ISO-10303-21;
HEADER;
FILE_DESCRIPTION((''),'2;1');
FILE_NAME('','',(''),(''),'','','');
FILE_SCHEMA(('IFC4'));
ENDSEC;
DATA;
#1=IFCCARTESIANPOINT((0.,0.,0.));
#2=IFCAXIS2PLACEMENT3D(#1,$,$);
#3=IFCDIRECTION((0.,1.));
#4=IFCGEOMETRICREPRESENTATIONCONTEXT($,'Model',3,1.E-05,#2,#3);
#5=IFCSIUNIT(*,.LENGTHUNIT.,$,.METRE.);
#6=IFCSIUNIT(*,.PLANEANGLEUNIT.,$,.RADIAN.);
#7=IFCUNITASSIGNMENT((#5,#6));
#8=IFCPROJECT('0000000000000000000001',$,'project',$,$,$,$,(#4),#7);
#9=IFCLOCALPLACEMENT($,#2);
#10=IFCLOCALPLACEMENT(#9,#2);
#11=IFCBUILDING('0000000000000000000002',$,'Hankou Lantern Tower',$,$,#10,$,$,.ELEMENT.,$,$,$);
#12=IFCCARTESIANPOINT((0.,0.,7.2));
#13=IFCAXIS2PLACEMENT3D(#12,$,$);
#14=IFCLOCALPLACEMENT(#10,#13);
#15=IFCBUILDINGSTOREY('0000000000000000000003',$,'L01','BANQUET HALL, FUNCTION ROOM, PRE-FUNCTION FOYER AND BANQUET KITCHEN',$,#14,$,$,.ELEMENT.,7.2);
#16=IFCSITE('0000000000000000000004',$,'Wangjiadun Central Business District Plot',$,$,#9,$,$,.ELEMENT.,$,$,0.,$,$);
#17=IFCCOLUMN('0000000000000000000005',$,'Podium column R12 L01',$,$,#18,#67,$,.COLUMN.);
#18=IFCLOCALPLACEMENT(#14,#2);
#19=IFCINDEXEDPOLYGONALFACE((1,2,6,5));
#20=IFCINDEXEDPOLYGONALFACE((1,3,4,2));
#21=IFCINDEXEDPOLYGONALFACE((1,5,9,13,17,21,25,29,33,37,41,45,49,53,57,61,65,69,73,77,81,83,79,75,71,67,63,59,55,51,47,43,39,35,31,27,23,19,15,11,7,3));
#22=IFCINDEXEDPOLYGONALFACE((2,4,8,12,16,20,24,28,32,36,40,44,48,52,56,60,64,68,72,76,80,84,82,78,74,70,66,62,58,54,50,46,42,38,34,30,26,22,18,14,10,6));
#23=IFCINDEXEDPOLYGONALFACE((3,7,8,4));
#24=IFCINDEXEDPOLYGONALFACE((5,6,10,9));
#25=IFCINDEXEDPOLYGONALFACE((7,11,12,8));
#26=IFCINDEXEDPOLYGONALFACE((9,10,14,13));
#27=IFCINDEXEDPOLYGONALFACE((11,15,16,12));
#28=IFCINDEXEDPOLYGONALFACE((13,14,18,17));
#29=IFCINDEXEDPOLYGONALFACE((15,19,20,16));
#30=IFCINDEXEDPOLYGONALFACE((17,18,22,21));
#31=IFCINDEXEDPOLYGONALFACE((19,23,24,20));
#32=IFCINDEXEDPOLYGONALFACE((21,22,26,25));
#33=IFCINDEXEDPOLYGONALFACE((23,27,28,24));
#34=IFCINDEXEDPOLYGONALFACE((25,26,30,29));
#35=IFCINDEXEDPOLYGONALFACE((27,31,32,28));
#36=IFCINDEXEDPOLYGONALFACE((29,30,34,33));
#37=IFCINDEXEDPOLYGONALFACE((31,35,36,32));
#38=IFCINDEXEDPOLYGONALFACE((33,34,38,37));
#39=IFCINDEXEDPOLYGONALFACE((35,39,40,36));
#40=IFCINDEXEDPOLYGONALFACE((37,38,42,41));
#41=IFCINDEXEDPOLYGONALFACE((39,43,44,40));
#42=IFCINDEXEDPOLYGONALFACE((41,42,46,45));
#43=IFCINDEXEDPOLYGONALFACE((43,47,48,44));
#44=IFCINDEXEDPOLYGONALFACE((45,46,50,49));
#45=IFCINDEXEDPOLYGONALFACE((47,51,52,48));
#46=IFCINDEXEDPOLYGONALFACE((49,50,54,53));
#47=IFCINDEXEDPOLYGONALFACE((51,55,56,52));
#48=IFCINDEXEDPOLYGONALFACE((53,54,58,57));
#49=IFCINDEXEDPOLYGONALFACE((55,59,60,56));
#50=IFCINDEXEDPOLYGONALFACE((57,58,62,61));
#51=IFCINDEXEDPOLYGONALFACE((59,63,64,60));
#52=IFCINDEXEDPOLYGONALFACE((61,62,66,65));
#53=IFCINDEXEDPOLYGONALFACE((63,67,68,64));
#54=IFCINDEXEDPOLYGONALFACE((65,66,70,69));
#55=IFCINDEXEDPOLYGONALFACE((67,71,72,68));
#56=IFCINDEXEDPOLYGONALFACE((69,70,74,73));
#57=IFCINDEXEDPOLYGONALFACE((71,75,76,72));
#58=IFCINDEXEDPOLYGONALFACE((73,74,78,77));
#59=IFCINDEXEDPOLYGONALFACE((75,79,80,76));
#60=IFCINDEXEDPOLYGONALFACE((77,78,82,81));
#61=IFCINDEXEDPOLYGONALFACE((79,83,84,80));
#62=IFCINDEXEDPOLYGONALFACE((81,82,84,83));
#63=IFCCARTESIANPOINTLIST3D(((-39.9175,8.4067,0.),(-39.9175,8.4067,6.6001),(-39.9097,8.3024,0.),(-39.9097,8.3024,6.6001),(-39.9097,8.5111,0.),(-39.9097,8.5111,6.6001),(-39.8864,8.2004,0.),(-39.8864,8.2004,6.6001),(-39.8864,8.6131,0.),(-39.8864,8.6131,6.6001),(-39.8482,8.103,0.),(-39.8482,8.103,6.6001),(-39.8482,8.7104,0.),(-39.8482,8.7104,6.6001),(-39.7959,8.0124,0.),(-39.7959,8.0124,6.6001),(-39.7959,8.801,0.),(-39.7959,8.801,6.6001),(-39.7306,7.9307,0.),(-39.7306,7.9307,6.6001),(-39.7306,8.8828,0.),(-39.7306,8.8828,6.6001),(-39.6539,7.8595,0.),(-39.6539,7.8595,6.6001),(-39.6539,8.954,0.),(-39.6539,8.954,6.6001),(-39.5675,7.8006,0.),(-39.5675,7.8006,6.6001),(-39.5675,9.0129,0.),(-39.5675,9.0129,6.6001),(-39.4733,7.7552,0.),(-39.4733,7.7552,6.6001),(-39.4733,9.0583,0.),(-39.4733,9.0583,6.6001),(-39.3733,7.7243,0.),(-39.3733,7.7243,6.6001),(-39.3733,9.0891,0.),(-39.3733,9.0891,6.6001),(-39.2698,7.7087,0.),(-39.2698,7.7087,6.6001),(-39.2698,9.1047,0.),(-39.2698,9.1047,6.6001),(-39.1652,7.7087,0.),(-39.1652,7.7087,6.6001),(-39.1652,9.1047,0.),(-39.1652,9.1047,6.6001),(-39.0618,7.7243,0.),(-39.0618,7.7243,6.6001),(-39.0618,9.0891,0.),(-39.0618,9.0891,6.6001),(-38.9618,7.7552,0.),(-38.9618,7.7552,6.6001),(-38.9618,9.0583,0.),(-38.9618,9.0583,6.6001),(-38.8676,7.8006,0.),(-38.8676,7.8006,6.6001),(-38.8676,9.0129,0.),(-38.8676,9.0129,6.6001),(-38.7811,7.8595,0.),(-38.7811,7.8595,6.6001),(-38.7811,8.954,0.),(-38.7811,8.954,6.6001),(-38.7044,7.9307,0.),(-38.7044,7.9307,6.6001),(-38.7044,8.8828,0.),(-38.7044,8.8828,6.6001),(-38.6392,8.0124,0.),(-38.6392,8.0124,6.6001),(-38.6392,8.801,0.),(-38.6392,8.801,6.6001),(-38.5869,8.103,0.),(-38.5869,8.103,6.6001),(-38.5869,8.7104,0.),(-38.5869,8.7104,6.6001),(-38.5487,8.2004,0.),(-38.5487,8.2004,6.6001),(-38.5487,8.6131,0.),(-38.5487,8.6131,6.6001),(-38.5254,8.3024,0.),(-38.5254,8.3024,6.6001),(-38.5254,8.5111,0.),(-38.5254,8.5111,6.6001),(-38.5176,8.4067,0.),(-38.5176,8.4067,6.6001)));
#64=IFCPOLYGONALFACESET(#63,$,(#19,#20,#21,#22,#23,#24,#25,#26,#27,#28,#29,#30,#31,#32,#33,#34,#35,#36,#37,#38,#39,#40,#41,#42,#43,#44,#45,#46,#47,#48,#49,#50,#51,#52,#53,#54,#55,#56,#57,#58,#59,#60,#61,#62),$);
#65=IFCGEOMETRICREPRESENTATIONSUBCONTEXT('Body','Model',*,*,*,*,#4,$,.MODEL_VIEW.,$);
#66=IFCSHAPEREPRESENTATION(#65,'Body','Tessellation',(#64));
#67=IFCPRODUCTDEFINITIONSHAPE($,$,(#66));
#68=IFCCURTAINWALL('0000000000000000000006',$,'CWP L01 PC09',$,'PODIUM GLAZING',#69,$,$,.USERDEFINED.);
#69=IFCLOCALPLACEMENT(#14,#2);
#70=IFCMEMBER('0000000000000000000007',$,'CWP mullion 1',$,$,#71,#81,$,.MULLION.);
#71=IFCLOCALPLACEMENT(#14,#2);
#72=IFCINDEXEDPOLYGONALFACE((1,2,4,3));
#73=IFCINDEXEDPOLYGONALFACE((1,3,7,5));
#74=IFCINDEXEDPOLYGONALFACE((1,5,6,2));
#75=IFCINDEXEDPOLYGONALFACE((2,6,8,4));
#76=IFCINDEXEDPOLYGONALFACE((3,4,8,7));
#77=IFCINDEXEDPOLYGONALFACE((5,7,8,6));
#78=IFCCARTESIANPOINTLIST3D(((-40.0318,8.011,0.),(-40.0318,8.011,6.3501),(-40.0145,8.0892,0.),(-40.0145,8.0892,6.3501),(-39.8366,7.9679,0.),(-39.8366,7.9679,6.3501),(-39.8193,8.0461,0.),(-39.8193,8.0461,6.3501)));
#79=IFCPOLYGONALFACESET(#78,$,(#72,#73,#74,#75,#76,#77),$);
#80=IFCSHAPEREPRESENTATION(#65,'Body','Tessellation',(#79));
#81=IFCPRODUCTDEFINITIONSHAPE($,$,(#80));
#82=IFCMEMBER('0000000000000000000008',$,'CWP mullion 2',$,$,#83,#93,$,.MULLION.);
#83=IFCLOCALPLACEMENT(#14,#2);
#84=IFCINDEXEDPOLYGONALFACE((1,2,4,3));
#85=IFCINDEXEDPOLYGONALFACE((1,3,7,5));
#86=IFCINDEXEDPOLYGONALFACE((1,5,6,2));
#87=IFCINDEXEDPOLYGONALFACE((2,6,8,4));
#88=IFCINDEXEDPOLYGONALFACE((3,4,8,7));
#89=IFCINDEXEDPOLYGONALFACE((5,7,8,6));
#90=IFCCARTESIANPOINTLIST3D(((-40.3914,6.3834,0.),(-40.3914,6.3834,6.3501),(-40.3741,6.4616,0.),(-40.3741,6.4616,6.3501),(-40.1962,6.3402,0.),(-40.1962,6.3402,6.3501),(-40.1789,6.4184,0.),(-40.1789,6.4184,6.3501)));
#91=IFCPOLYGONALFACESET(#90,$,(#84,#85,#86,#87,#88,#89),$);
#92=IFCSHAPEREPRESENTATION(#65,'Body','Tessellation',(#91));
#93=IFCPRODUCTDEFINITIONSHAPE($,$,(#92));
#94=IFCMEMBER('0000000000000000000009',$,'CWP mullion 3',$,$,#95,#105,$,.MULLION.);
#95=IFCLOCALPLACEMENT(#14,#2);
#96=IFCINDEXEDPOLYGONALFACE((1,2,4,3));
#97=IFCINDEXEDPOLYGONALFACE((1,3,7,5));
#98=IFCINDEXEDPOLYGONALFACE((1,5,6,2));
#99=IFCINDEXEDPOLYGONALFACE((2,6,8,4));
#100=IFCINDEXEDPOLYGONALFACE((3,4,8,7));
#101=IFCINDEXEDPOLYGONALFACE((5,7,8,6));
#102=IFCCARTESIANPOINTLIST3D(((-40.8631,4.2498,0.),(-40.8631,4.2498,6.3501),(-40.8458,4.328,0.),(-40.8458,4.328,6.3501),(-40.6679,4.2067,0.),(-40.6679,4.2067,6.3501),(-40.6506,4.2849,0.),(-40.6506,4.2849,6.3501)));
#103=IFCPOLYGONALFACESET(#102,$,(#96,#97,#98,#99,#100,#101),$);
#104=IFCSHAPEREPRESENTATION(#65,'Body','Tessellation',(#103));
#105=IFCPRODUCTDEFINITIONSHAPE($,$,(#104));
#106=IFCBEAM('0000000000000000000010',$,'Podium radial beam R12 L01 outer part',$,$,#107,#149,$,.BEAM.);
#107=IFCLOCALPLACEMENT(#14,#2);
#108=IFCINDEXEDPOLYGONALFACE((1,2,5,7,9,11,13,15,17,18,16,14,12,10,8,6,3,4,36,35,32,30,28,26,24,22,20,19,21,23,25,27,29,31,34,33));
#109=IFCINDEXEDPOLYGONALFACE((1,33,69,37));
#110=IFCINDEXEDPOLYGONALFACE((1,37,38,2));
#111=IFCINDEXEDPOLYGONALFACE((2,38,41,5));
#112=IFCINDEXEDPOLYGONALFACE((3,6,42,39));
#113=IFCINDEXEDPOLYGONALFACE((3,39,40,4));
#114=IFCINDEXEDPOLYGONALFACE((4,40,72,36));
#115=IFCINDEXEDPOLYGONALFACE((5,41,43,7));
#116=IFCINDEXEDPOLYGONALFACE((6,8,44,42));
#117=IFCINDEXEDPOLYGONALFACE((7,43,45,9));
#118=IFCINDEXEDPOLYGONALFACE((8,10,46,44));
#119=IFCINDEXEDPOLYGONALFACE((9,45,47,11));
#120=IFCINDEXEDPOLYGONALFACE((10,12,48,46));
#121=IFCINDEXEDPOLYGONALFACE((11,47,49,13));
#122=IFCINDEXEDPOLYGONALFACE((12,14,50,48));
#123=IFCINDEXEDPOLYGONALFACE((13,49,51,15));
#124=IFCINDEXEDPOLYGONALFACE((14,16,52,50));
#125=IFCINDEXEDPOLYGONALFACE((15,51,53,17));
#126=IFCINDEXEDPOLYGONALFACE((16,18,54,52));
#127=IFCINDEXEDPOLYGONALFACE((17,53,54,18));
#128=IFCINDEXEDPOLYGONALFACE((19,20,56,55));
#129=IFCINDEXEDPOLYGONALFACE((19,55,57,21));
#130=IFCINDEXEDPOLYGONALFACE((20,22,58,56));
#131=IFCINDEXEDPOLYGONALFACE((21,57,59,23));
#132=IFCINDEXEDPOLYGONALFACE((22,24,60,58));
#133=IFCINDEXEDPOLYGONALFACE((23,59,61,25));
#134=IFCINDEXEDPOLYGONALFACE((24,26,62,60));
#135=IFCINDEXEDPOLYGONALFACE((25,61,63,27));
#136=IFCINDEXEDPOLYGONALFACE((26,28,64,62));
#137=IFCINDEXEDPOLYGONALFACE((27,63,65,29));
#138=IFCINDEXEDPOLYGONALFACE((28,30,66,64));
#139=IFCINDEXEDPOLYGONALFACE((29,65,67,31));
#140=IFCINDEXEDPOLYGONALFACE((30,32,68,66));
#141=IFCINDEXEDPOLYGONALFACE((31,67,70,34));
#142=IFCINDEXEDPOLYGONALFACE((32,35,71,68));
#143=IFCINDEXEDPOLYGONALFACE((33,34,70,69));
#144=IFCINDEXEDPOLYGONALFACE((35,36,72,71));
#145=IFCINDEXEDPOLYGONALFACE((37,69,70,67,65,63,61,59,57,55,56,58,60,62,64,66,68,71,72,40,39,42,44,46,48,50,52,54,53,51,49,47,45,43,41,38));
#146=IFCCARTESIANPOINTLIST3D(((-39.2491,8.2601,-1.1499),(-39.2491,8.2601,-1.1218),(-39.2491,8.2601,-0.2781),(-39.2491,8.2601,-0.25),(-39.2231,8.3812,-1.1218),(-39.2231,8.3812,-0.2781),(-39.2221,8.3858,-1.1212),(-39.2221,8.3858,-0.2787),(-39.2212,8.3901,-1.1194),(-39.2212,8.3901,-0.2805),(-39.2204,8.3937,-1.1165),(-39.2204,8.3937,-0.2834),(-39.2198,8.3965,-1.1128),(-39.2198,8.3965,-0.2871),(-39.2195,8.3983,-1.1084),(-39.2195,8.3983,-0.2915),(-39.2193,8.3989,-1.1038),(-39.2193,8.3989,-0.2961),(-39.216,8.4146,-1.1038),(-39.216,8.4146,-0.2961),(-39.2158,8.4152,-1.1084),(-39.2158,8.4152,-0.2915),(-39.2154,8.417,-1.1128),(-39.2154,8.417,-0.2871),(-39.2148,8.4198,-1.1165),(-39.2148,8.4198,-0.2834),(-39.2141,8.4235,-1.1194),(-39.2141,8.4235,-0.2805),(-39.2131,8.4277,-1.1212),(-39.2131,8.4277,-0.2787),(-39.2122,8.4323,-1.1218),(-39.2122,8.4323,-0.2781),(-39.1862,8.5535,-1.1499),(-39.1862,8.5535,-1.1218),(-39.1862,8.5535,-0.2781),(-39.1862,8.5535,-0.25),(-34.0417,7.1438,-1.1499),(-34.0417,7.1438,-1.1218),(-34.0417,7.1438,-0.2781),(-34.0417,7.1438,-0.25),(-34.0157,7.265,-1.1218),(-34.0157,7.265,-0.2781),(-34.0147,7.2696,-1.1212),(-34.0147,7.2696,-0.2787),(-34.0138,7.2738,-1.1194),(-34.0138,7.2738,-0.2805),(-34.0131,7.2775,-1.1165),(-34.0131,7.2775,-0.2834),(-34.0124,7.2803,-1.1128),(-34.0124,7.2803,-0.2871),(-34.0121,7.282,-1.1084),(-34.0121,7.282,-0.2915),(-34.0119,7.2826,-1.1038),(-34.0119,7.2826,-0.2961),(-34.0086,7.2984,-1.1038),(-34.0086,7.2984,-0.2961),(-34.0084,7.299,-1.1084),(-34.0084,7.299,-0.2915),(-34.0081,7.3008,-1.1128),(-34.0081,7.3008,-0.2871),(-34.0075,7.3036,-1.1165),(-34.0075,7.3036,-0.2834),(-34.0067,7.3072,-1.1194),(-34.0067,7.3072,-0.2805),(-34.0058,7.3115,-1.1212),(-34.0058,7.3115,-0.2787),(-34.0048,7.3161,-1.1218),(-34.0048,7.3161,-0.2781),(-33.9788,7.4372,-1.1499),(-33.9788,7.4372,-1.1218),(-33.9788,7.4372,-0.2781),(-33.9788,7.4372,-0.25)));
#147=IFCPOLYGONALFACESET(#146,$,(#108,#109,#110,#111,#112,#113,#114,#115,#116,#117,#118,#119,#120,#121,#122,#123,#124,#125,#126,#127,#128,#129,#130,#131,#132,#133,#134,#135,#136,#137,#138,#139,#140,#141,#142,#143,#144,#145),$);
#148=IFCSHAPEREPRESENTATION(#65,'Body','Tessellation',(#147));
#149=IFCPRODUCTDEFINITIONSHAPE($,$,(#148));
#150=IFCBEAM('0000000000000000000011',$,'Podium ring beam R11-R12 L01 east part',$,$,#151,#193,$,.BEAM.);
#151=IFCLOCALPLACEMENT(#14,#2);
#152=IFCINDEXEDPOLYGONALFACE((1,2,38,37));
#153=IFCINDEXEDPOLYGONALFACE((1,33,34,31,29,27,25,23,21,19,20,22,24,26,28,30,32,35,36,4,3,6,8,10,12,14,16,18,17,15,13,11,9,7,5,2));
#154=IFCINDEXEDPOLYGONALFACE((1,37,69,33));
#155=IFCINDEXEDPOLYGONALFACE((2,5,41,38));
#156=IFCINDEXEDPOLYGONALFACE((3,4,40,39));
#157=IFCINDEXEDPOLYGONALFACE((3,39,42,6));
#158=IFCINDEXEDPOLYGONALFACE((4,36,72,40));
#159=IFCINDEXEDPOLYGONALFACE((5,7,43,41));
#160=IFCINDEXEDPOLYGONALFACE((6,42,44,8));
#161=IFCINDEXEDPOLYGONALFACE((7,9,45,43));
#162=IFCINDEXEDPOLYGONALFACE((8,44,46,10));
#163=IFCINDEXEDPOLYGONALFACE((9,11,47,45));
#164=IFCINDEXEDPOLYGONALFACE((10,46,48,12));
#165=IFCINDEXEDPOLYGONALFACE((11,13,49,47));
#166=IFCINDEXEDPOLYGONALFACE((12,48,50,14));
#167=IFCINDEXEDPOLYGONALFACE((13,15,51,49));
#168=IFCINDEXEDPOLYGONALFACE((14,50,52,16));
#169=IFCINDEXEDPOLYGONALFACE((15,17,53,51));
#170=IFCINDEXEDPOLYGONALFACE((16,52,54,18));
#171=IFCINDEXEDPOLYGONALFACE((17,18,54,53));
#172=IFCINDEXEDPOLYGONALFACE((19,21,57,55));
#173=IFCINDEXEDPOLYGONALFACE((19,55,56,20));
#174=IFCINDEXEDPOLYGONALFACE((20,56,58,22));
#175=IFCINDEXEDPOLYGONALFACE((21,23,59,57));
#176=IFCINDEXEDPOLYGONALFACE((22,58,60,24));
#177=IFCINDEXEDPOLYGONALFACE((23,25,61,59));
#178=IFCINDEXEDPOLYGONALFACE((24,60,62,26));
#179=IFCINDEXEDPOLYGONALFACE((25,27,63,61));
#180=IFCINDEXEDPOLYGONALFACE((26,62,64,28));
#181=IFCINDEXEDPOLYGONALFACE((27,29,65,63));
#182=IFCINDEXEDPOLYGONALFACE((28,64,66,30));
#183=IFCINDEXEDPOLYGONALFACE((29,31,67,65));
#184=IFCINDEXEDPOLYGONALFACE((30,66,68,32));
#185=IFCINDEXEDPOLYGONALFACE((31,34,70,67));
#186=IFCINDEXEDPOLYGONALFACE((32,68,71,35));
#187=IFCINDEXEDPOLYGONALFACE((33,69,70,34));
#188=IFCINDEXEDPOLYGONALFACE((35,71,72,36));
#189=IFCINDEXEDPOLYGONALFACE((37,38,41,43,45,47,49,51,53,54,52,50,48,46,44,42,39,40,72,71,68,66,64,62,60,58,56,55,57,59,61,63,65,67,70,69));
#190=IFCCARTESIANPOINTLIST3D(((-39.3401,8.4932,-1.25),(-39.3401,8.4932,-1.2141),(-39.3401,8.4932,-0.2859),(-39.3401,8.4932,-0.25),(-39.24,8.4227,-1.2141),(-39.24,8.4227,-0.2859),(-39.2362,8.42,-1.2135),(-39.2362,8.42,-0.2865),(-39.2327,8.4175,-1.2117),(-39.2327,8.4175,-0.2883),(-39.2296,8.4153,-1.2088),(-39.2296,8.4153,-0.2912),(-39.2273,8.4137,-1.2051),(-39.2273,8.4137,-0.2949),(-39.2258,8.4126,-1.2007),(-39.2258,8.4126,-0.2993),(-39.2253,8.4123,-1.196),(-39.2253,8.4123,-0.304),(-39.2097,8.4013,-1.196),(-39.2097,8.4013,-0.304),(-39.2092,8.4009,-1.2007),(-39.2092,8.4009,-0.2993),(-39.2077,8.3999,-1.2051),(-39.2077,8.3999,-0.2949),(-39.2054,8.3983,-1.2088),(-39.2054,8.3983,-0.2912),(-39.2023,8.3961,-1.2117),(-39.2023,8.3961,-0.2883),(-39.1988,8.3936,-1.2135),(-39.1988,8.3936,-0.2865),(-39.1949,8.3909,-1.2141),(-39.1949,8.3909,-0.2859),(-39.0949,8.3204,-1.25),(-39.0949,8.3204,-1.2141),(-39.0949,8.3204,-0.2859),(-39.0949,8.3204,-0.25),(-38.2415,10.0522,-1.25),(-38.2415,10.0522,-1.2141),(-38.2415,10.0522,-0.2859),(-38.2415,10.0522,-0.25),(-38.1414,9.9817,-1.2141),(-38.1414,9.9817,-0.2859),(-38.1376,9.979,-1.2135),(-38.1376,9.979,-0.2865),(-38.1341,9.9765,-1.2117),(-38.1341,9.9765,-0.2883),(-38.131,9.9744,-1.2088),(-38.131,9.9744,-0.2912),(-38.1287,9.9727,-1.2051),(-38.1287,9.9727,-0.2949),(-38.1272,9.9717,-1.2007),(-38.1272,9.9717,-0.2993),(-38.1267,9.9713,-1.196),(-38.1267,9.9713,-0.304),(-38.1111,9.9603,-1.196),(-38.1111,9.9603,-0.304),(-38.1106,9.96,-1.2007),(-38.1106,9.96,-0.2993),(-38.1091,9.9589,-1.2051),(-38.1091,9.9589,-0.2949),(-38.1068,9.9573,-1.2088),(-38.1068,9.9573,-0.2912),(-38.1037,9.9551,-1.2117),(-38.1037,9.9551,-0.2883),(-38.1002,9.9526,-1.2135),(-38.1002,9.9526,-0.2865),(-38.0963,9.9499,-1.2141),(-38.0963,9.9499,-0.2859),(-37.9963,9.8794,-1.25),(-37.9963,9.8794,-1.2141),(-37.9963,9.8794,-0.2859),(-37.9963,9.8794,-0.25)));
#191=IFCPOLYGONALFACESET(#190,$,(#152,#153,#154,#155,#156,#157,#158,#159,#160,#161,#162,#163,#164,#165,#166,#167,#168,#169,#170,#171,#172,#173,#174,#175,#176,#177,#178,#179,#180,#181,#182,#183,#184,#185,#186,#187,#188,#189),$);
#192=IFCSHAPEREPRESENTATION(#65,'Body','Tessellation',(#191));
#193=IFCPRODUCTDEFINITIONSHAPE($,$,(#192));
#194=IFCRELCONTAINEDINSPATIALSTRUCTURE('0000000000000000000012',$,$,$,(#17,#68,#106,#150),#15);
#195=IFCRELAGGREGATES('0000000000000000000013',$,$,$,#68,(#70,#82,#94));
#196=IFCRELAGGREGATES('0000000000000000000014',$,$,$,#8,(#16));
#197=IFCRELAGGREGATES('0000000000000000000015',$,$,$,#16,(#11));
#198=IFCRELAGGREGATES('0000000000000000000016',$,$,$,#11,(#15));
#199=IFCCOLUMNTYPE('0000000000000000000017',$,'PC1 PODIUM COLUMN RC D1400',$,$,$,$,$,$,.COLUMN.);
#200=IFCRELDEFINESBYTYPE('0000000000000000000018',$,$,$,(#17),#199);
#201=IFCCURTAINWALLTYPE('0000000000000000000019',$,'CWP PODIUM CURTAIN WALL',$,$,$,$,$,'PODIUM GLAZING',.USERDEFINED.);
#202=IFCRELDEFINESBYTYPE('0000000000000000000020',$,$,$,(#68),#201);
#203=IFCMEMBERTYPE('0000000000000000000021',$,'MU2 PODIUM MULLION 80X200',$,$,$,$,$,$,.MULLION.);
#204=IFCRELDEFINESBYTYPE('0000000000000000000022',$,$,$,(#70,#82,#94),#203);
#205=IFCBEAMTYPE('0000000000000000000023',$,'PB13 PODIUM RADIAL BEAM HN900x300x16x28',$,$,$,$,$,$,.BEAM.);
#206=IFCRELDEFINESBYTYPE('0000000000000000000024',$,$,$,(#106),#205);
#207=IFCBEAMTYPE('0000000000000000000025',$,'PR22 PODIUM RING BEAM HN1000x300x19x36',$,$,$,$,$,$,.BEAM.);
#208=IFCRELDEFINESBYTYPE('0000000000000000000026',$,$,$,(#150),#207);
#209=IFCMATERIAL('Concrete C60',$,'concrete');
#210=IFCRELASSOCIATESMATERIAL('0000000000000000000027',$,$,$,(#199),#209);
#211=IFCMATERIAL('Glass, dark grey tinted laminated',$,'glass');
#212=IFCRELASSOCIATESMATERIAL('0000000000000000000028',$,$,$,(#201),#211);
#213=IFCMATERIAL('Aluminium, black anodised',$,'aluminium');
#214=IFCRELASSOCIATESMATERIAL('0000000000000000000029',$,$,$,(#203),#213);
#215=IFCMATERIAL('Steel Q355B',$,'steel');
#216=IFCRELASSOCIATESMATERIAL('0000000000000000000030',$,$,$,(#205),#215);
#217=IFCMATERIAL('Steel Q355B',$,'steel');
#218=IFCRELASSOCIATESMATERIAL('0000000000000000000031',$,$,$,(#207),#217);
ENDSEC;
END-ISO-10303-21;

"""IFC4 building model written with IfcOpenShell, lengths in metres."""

from ifc_helpers import new_model, si_unit, direction, frame, origin, origin_2d, place, context, subcontext, project, spatial, rectangle, circle, i_section, extrude, material, material_profile, profile_set, type_object, element, aggregate, save


model = new_model("IFC4")

# Units and contexts
model_context = context("Model", 3, precision=1e-05, world=origin(), true_north=direction((0.0, 1.0)))
body_context = subcontext(model_context, "Body", "Model", "MODEL_VIEW")
ifc_project = project(units=[si_unit("LENGTHUNIT", "METRE"), si_unit("PLANEANGLEUNIT", "RADIAN")], contexts=[model_context])

# Site, building, storey
site_placement = place(None, origin())
site = spatial("IfcSite", under=ifc_project, at=site_placement, Name="Wangjiadun Central Business District Plot", CompositionType="ELEMENT", RefElevation=0.0)
building_placement = place(site_placement, origin())
building = spatial("IfcBuilding", under=site, at=building_placement, Name="Hankou Lantern Tower", CompositionType="ELEMENT")
storey_placement = place(building_placement, frame((0.0, 0.0, 7.2)))
storey = spatial("IfcBuildingStorey", under=building, at=storey_placement, Name="L01", Description="BANQUET HALL, FUNCTION ROOM, PRE-FUNCTION FOYER AND BANQUET KITCHEN", CompositionType="ELEMENT", Elevation=7.2)

# Column
ifc_material_1 = material(Name="Concrete C60", Category="concrete")
ifc_material_profile_1 = material_profile(ifc_material_1, circle(Radius=0.7, at=origin_2d()), Name="RC D1400")
ifc_profile_set_1 = profile_set([ifc_material_profile_1], Name="Concrete C60")
column_type = type_object("IfcColumnType", Name="PC1 PODIUM COLUMN RC D1400", PredefinedType="COLUMN", material=ifc_profile_set_1)
column_placement = place(storey_placement, frame((-39.2175, 8.4067, 0.0), z_axis=(0.0, 0.0, 1.0), x_axis=(1.0, 0.0, 0.0)))
element("IfcColumn", 1, at=column_placement, inside=storey, type_object=column_type, Name="Podium column R12 L01", PredefinedType="COLUMN", context=body_context, shape_type="SweptSolid", body=[
    extrude(circle(Radius=0.7, at=origin_2d()), origin(), (0.0, 0.0, 1.0), 6.6001),
])

# Curtain wall, members
ifc_material_2 = material(Name="Glass, dark grey tinted laminated", Category="glass")
curtain_wall_type = type_object("IfcCurtainWallType", Name="CWP PODIUM CURTAIN WALL", ElementType="PODIUM GLAZING", PredefinedType="USERDEFINED", material=ifc_material_2)
curtain_wall_placement = place(storey_placement, origin())
curtain_wall = element("IfcCurtainWall", 2, at=curtain_wall_placement, inside=storey, type_object=curtain_wall_type, Name="CWP L01 PC09", ObjectType="PODIUM GLAZING", PredefinedType="USERDEFINED")
ifc_material_3 = material(Name="Aluminium, black anodised", Category="aluminium")
ifc_material_profile_2 = material_profile(ifc_material_3, rectangle(XDim=0.0801, YDim=0.2, at=origin_2d()), Name="MU2 80X200")
ifc_profile_set_2 = profile_set([ifc_material_profile_2], Name="Aluminium, black anodised")
member_type_1 = type_object("IfcMemberType", Name="MU2 PODIUM MULLION 80X200", PredefinedType="MULLION", material=ifc_profile_set_2)
member_1_placement = place(storey_placement, frame((-39.9255, 8.0286, 0.0), z_axis=(0.0, 0.0, 1.0), x_axis=(-0.215821, -0.976433, 0.0)))
member_1 = element("IfcMember", 3, at=member_1_placement, type_object=member_type_1, Name="CWP mullion 1", PredefinedType="MULLION", context=body_context, shape_type="SweptSolid", body=[
    extrude(rectangle(XDim=0.0801, YDim=0.2, at=origin_2d()), origin(), (0.0, 0.0, 1.0), 6.3501),
])
member_2_placement = place(storey_placement, frame((-40.2852, 6.4009, 0.0), z_axis=(0.0, 0.0, 1.0), x_axis=(-0.215821, -0.976433, 0.0)))
member_2 = element("IfcMember", 4, at=member_2_placement, type_object=member_type_1, Name="CWP mullion 2", PredefinedType="MULLION", context=body_context, shape_type="SweptSolid", body=[
    extrude(rectangle(XDim=0.0801, YDim=0.2, at=origin_2d()), origin(), (0.0, 0.0, 1.0), 6.3501),
])
member_3_placement = place(storey_placement, frame((-40.7568, 4.2673, 0.0), z_axis=(0.0, 0.0, 1.0), x_axis=(-0.215821, -0.976433, 0.0)))
member_3 = element("IfcMember", 5, at=member_3_placement, type_object=member_type_1, Name="CWP mullion 3", PredefinedType="MULLION", context=body_context, shape_type="SweptSolid", body=[
    extrude(rectangle(XDim=0.0801, YDim=0.2, at=origin_2d()), origin(), (0.0, 0.0, 1.0), 6.3501),
])

# Beams
ifc_material_4 = material(Name="Steel Q355B", Category="steel")
ifc_material_profile_3 = material_profile(ifc_material_4, i_section(OverallWidth=0.3, OverallDepth=0.8999, WebThickness=0.0161, FlangeThickness=0.0281, FilletRadius=0.0181, at=origin_2d()), Name="HN900x300x16x28")
ifc_profile_set_3 = profile_set([ifc_material_profile_3], Name="Steel Q355B")
beam_type_1 = type_object("IfcBeamType", Name="PB13 PODIUM RADIAL BEAM HN900x300x16x28", PredefinedType="BEAM", material=ifc_profile_set_3)
beam_1_placement = place(storey_placement, frame((-34.0103, 7.2905, -0.7), z_axis=(-0.977788, 0.209595, 0.0), x_axis=(-0.209595, -0.977788, 0.0)))
element("IfcBeam", 6, at=beam_1_placement, inside=storey, type_object=beam_type_1, Name="Podium radial beam R12 L01 outer part", PredefinedType="BEAM", context=body_context, shape_type="SweptSolid", body=[
    extrude(i_section(OverallWidth=0.3, OverallDepth=0.8999, WebThickness=0.0161, FlangeThickness=0.0281, FilletRadius=0.0181, at=origin_2d()), origin(), (0.0, 0.0, 1.0), 5.3257),
])
ifc_material_5 = material(Name="Steel Q355B", Category="steel")
ifc_material_profile_4 = material_profile(ifc_material_5, i_section(OverallWidth=0.3, OverallDepth=1.0, WebThickness=0.019, FlangeThickness=0.0359, FilletRadius=0.0181, at=origin_2d()), Name="HN1000x300x19x36")
ifc_profile_set_4 = profile_set([ifc_material_profile_4], Name="Steel Q355B")
beam_type_2 = type_object("IfcBeamType", Name="PR22 PODIUM RING BEAM HN1000x300x19x36", PredefinedType="BEAM", material=ifc_profile_set_4)
beam_2_placement = place(storey_placement, frame((-38.1189, 9.9658, -0.75), z_axis=(-0.57602, -0.817436, 0.0), x_axis=(0.817436, -0.57602, 0.0)))
element("IfcBeam", 7, at=beam_2_placement, inside=storey, type_object=beam_type_2, Name="Podium ring beam R11-R12 L01 east part", PredefinedType="BEAM", context=body_context, shape_type="SweptSolid", body=[
    extrude(i_section(OverallWidth=0.3, OverallDepth=1.0, WebThickness=0.019, FlangeThickness=0.0359, FilletRadius=0.0181, at=origin_2d()), origin(), (0.0, 0.0, 1.0), 1.9072),
])

aggregate(curtain_wall, [member_1, member_2, member_3])

save(model, "model.ifc")
